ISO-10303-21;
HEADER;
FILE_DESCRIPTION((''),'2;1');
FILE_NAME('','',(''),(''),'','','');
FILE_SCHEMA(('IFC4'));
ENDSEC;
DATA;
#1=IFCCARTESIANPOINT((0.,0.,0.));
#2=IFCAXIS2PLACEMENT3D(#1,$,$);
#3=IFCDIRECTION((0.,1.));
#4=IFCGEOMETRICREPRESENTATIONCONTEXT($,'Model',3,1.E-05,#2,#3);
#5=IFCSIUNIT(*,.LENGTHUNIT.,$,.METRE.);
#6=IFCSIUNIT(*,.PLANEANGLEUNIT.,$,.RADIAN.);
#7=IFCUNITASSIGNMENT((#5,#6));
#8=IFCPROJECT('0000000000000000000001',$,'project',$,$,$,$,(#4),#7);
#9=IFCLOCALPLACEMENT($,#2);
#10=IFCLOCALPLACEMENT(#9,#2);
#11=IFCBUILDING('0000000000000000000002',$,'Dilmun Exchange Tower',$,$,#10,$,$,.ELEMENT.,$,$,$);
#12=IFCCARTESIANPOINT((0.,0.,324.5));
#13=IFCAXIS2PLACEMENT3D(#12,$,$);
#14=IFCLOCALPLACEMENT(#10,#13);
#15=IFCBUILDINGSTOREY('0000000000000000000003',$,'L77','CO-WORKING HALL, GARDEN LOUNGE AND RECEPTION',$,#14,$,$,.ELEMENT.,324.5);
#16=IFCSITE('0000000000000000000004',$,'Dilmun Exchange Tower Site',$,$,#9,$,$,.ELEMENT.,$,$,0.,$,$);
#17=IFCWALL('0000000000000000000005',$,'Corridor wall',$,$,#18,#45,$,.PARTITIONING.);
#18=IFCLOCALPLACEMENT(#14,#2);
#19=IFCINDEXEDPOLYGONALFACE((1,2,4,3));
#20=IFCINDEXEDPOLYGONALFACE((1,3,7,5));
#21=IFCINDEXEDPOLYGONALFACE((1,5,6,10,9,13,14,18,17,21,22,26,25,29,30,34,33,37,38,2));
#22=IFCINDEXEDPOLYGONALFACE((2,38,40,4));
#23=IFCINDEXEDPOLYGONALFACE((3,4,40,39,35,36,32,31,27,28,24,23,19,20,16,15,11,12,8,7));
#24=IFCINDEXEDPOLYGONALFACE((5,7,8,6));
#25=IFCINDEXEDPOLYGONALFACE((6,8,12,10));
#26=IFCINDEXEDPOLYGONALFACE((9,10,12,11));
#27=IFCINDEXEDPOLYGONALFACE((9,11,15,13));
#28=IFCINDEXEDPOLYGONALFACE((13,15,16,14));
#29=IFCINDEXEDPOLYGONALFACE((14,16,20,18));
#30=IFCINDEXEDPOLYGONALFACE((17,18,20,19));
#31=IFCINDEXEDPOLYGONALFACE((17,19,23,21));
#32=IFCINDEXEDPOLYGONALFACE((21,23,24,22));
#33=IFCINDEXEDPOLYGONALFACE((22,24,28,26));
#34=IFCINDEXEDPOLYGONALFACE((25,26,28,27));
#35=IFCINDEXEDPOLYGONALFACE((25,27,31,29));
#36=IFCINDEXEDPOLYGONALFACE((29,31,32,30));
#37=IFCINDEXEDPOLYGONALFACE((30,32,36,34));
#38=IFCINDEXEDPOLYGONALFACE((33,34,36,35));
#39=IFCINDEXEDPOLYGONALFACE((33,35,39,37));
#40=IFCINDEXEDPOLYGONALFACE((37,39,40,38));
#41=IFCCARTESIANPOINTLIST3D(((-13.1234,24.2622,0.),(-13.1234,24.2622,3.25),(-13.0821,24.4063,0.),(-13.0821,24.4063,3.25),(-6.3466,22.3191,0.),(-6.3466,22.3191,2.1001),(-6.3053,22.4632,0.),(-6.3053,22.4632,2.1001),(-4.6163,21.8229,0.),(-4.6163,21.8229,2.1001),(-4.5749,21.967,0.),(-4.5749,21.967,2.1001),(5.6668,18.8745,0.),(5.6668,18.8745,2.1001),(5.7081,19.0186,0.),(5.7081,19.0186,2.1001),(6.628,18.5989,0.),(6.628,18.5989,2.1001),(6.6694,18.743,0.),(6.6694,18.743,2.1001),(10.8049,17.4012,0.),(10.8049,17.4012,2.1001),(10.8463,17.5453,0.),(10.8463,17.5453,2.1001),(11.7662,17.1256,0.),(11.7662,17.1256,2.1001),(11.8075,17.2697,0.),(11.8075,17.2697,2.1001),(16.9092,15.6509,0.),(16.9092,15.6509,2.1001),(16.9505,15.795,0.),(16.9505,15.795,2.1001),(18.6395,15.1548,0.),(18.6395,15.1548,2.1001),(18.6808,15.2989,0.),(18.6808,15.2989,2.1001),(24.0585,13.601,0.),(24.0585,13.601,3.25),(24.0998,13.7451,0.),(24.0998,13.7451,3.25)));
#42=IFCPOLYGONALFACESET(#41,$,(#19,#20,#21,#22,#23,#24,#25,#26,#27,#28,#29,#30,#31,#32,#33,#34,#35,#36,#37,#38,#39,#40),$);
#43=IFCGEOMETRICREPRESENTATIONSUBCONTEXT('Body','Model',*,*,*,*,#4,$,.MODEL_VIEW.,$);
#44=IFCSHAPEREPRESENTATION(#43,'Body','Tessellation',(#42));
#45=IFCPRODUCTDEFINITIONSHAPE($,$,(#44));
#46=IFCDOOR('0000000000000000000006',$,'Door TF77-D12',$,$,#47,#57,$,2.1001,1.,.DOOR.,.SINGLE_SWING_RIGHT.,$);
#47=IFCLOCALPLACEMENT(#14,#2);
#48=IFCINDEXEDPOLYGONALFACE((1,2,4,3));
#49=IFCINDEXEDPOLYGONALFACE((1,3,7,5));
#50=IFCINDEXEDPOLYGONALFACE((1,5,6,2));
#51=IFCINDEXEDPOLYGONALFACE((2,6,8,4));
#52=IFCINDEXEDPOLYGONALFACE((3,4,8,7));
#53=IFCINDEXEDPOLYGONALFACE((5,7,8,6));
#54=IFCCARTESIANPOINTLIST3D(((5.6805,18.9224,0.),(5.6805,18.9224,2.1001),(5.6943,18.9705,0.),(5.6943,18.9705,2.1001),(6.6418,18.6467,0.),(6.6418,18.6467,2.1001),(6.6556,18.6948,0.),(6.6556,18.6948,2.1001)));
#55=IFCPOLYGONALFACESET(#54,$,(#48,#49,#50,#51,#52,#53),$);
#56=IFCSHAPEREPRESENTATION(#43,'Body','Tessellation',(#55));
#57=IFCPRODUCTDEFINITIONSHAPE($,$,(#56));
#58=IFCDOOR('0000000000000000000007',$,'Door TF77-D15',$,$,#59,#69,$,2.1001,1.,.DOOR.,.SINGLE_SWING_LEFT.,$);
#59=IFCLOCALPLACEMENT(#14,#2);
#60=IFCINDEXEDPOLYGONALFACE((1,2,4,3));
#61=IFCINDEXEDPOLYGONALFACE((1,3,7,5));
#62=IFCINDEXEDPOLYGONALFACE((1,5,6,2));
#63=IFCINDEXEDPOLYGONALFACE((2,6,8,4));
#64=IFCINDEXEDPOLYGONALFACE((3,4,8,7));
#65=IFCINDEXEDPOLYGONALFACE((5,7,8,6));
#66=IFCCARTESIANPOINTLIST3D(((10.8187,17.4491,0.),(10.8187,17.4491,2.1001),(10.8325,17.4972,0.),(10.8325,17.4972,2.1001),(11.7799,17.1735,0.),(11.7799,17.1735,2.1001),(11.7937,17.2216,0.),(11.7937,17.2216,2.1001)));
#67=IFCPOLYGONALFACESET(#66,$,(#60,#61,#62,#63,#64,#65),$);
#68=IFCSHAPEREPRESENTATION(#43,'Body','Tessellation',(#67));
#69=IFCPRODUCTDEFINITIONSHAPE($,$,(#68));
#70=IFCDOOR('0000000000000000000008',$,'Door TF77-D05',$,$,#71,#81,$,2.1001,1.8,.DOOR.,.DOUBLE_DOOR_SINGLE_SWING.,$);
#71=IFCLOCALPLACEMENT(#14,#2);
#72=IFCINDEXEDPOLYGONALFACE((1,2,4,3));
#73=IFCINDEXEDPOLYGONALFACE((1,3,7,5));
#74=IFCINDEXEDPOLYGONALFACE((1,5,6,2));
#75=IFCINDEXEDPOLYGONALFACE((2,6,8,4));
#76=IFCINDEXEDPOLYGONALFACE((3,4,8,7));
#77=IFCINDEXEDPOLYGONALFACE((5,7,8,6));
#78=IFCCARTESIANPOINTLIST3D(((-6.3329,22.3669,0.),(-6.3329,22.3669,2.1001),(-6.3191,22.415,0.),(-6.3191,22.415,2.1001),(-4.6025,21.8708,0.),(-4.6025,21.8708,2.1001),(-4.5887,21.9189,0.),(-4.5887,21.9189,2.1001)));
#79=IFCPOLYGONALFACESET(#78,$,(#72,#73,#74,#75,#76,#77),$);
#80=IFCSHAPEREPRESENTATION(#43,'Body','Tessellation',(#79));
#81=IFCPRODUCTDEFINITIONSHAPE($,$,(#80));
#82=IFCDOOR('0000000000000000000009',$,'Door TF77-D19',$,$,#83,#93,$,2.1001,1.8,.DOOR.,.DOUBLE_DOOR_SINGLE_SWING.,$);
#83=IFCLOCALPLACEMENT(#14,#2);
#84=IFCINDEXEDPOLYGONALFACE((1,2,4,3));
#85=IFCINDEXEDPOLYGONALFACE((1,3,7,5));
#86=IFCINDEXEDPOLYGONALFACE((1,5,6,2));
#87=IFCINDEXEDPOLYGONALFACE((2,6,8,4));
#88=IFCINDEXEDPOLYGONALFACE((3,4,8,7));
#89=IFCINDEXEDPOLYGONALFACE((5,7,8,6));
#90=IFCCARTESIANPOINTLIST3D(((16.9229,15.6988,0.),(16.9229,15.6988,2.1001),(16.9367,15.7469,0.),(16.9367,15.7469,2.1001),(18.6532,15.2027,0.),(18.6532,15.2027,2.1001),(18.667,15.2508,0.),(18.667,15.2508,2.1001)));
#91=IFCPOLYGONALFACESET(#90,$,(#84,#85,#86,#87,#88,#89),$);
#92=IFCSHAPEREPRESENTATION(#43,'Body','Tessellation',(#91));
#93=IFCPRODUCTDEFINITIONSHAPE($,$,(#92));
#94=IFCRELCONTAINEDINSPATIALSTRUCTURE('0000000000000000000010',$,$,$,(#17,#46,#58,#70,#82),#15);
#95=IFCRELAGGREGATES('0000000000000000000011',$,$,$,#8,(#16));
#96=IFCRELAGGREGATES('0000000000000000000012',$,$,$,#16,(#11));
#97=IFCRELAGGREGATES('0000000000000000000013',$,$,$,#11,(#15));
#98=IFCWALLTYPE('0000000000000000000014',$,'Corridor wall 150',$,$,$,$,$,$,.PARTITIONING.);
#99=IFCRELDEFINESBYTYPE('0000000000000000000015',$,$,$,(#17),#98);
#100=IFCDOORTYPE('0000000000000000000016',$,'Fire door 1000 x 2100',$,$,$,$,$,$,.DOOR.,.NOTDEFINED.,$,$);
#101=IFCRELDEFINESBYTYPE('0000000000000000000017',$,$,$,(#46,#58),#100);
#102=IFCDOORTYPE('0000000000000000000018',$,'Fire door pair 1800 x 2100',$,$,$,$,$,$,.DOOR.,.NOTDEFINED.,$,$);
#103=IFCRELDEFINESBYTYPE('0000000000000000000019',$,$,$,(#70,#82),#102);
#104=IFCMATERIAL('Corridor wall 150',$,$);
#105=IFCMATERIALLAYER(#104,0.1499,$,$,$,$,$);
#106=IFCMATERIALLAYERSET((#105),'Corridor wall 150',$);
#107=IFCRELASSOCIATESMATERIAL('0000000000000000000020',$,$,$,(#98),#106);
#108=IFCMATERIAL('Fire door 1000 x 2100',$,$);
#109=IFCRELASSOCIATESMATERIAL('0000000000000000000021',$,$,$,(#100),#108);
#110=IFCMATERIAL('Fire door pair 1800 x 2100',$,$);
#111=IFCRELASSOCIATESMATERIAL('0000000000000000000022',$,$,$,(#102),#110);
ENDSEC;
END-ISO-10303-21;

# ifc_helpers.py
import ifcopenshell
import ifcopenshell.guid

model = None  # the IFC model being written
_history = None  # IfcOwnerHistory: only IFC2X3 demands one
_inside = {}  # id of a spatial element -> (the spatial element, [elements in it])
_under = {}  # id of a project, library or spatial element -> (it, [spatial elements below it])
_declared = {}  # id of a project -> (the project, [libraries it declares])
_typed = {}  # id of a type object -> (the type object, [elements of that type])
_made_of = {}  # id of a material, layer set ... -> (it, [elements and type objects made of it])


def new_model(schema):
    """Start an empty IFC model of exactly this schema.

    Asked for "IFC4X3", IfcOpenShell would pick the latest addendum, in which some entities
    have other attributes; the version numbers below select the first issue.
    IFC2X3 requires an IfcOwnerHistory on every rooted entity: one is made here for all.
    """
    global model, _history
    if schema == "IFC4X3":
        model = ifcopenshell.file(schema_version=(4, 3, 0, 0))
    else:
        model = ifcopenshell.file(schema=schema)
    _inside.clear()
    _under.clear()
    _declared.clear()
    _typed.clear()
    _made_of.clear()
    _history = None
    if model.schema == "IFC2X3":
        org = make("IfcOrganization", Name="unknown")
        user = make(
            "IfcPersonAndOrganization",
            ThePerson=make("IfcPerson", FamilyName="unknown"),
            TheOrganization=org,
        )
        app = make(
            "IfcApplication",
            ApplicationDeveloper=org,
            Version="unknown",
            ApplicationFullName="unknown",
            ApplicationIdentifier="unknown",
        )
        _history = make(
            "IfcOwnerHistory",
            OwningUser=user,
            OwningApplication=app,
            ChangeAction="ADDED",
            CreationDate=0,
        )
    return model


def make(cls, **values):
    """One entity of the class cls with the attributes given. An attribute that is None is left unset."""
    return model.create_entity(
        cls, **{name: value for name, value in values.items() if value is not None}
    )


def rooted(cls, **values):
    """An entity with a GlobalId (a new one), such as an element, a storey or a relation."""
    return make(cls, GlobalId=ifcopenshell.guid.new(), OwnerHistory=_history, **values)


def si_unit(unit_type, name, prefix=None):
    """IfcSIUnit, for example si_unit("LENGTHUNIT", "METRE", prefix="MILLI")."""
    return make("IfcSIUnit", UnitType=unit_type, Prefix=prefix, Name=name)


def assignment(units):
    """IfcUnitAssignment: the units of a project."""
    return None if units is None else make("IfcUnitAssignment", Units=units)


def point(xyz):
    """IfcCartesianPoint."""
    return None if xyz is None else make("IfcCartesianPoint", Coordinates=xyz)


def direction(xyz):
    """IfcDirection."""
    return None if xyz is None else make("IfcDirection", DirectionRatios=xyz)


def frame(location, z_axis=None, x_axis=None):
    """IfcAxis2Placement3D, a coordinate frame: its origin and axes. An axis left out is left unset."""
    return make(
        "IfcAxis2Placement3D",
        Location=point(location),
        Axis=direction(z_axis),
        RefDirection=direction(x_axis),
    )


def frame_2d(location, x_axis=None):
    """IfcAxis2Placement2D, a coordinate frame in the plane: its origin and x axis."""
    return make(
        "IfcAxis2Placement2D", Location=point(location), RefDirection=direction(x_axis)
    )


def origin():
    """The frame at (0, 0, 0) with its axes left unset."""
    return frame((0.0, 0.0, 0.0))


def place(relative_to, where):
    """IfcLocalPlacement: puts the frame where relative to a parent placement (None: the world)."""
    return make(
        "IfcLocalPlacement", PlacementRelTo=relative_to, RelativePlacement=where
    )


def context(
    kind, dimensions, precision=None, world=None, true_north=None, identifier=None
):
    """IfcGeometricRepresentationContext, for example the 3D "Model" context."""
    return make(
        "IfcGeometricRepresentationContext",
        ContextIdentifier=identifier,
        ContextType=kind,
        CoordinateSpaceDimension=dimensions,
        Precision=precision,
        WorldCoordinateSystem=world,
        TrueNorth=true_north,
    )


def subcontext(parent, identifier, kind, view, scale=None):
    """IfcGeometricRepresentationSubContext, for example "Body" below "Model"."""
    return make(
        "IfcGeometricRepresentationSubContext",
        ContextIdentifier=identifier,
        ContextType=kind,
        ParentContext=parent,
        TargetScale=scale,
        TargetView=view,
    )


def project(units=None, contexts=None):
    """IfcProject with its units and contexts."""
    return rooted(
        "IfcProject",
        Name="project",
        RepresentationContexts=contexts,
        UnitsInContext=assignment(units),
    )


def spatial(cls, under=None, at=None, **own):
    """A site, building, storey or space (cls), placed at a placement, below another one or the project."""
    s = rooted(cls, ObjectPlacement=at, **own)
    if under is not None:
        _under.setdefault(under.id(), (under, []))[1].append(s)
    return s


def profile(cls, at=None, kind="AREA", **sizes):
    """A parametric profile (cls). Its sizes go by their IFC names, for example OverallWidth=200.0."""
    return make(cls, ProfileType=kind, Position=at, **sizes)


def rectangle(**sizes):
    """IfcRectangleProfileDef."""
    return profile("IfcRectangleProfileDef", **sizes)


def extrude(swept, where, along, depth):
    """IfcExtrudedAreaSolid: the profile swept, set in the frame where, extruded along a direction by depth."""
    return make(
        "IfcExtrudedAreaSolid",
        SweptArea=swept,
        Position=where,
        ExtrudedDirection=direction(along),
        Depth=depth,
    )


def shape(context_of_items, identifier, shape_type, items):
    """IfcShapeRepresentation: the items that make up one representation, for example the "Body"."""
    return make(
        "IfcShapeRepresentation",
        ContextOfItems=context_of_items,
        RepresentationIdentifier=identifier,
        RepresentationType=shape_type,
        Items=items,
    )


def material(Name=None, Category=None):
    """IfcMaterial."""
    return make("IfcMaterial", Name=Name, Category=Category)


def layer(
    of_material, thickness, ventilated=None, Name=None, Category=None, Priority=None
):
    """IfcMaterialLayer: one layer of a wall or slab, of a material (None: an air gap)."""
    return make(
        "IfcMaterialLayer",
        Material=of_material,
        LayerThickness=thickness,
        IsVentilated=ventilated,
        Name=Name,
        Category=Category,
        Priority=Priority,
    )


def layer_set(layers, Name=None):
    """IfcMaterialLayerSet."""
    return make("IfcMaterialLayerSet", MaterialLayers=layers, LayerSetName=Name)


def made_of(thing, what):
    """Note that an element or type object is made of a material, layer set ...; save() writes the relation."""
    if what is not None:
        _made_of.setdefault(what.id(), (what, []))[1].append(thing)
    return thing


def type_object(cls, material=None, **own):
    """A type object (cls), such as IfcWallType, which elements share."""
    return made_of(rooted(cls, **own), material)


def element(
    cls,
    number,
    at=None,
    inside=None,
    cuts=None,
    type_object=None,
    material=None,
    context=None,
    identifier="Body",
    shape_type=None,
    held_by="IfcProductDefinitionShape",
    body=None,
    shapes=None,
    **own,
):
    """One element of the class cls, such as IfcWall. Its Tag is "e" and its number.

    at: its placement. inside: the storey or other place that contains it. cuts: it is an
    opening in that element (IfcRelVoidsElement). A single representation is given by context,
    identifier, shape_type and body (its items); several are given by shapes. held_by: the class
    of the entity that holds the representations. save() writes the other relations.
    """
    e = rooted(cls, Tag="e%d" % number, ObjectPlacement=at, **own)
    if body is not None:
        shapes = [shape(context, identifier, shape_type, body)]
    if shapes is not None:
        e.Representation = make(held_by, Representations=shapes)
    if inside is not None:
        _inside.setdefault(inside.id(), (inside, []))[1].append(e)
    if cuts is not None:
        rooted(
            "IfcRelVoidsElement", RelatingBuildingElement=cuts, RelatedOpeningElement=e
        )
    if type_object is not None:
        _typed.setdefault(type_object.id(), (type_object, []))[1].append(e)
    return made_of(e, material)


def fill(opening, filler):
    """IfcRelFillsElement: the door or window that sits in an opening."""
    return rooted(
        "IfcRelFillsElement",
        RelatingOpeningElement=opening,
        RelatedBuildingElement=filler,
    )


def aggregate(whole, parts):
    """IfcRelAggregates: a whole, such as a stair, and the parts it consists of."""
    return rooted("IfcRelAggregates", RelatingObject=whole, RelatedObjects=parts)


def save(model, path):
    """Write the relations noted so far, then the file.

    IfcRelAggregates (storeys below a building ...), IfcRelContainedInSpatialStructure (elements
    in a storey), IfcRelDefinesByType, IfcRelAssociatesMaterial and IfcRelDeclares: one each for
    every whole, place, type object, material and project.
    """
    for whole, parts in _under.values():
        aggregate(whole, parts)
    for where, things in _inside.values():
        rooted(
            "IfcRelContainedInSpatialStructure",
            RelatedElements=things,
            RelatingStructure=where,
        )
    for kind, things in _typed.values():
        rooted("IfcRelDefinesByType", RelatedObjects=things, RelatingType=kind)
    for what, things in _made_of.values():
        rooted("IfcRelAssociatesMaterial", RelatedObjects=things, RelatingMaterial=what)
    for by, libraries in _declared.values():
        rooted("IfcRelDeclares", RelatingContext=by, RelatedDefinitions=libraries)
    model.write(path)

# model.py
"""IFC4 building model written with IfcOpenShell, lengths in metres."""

from ifc_helpers import new_model, si_unit, direction, frame, frame_2d, origin, place, context, subcontext, project, spatial, rectangle, extrude, material, layer, layer_set, type_object, element, fill, save


model = new_model("IFC4")

# Units and contexts
model_context = context("Model", 3, precision=1e-05, world=origin(), true_north=direction((0.0, 1.0)))
body_context = subcontext(model_context, "Body", "Model", "MODEL_VIEW")
ifc_project = project(units=[si_unit("LENGTHUNIT", "METRE"), si_unit("PLANEANGLEUNIT", "RADIAN")], contexts=[model_context])

# Site, building, storey
site_placement = place(None, origin())
site = spatial("IfcSite", under=ifc_project, at=site_placement, Name="Dilmun Exchange Tower Site", CompositionType="ELEMENT", RefElevation=0.0)
building_placement = place(site_placement, origin())
building = spatial("IfcBuilding", under=site, at=building_placement, Name="Dilmun Exchange Tower", CompositionType="ELEMENT")
storey_placement = place(building_placement, frame((0.0, 0.0, 324.5)))
storey = spatial("IfcBuildingStorey", under=building, at=storey_placement, Name="L77", Description="CO-WORKING HALL, GARDEN LOUNGE AND RECEPTION", CompositionType="ELEMENT", Elevation=324.5)

# Shared definitions
ifc_material_1 = material(Name="Corridor wall 150")
ifc_layer = layer(ifc_material_1, 0.1499)
ifc_layer_set = layer_set([ifc_layer], Name="Corridor wall 150")
wall_type = type_object("IfcWallType", Name="Corridor wall 150", PredefinedType="PARTITIONING", material=ifc_layer_set)

# Wall, openings, doors
wall_1_placement = place(storey_placement, frame((-13.1028, 24.3342, 0.0), z_axis=(0.0, 0.0, 1.0), x_axis=(0.961266, -0.275623, 0.0)))
wall_1 = element("IfcWall", 1, at=wall_1_placement, inside=storey, type_object=wall_type, Name="Corridor wall", PredefinedType="PARTITIONING", context=body_context, shape_type="SweptSolid", body=[
    extrude(rectangle(XDim=38.6802, YDim=0.1499, at=frame_2d((19.3401, 0.0))), origin(), (0.0, 0.0, 1.0), 3.25),
])
opening_1_placement = place(wall_1_placement, frame((7.05, 0.0, 0.0)))
opening_1 = element("IfcOpeningElement", 2, at=opening_1_placement, cuts=wall_1, PredefinedType="OPENING", context=body_context, shape_type="SweptSolid", body=[
    extrude(rectangle(XDim=1.8, YDim=2.1001, at=frame_2d((0.8999, 1.05))), frame((0.0, 0.085, 0.0), z_axis=(0.0, -1.0, 0.0), x_axis=(1.0, 0.0, 0.0)), (0.0, 0.0, 1.0), 0.1699),
])
opening_2_placement = place(wall_1_placement, frame((19.5474, 0.0, 0.0)))
opening_2 = element("IfcOpeningElement", 3, at=opening_2_placement, cuts=wall_1, PredefinedType="OPENING", context=body_context, shape_type="SweptSolid", body=[
    extrude(rectangle(XDim=1.0, YDim=2.1001, at=frame_2d((0.5, 1.05))), frame((0.0, 0.085, 0.0), z_axis=(0.0, -1.0, 0.0), x_axis=(1.0, 0.0, 0.0)), (0.0, 0.0, 1.0), 0.1699),
])
opening_3_placement = place(wall_1_placement, frame((24.8926, 0.0, 0.0)))
opening_3 = element("IfcOpeningElement", 4, at=opening_3_placement, cuts=wall_1, PredefinedType="OPENING", context=body_context, shape_type="SweptSolid", body=[
    extrude(rectangle(XDim=1.0, YDim=2.1001, at=frame_2d((0.5, 1.05))), frame((0.0, 0.085, 0.0), z_axis=(0.0, -1.0, 0.0), x_axis=(1.0, 0.0, 0.0)), (0.0, 0.0, 1.0), 0.1699),
])
opening_4_placement = place(wall_1_placement, frame((31.2429, 0.0, 0.0)))
opening_4 = element("IfcOpeningElement", 5, at=opening_4_placement, cuts=wall_1, PredefinedType="OPENING", context=body_context, shape_type="SweptSolid", body=[
    extrude(rectangle(XDim=1.8, YDim=2.1001, at=frame_2d((0.8999, 1.05))), frame((0.0, 0.085, 0.0), z_axis=(0.0, -1.0, 0.0), x_axis=(1.0, 0.0, 0.0)), (0.0, 0.0, 1.0), 0.1699),
])
ifc_material_2 = material(Name="Fire door 1000 x 2100")
door_type_1 = type_object("IfcDoorType", Name="Fire door 1000 x 2100", OperationType="NOTDEFINED", PredefinedType="DOOR", material=ifc_material_2)
door_1_placement = place(opening_2_placement, origin())
door_1 = element("IfcDoor", 6, at=door_1_placement, inside=storey, type_object=door_type_1, Name="Door TF77-D12", OperationType="SINGLE_SWING_RIGHT", OverallHeight=2.1001, OverallWidth=1.0, PredefinedType="DOOR", context=body_context, shape_type="SweptSolid", body=[
    extrude(rectangle(XDim=1.0, YDim=2.1001, at=frame_2d((0.5, 1.05))), frame((0.0, 0.0249, 0.0), z_axis=(0.0, -1.0, 0.0), x_axis=(1.0, 0.0, 0.0)), (0.0, 0.0, 1.0), 0.05),
])
fill(opening_2, door_1)
door_2_placement = place(opening_3_placement, origin())
door_2 = element("IfcDoor", 7, at=door_2_placement, inside=storey, type_object=door_type_1, Name="Door TF77-D15", OperationType="SINGLE_SWING_LEFT", OverallHeight=2.1001, OverallWidth=1.0, PredefinedType="DOOR", context=body_context, shape_type="SweptSolid", body=[
    extrude(rectangle(XDim=1.0, YDim=2.1001, at=frame_2d((0.5, 1.05))), frame((0.0, 0.0249, 0.0), z_axis=(0.0, -1.0, 0.0), x_axis=(1.0, 0.0, 0.0)), (0.0, 0.0, 1.0), 0.05),
])
fill(opening_3, door_2)
ifc_material_3 = material(Name="Fire door pair 1800 x 2100")
door_type_2 = type_object("IfcDoorType", Name="Fire door pair 1800 x 2100", OperationType="NOTDEFINED", PredefinedType="DOOR", material=ifc_material_3)
door_3_placement = place(opening_1_placement, origin())
door_3 = element("IfcDoor", 8, at=door_3_placement, inside=storey, type_object=door_type_2, Name="Door TF77-D05", OperationType="DOUBLE_DOOR_SINGLE_SWING", OverallHeight=2.1001, OverallWidth=1.8, PredefinedType="DOOR", context=body_context, shape_type="SweptSolid", body=[
    extrude(rectangle(XDim=1.8, YDim=2.1001, at=frame_2d((0.8999, 1.05))), frame((0.0, 0.0249, 0.0), z_axis=(0.0, -1.0, 0.0), x_axis=(1.0, 0.0, 0.0)), (0.0, 0.0, 1.0), 0.05),
])
fill(opening_1, door_3)
door_4_placement = place(opening_4_placement, origin())
door_4 = element("IfcDoor", 9, at=door_4_placement, inside=storey, type_object=door_type_2, Name="Door TF77-D19", OperationType="DOUBLE_DOOR_SINGLE_SWING", OverallHeight=2.1001, OverallWidth=1.8, PredefinedType="DOOR", context=body_context, shape_type="SweptSolid", body=[
    extrude(rectangle(XDim=1.8, YDim=2.1001, at=frame_2d((0.8999, 1.05))), frame((0.0, 0.0249, 0.0), z_axis=(0.0, -1.0, 0.0), x_axis=(1.0, 0.0, 0.0)), (0.0, 0.0, 1.0), 0.05),
])
fill(opening_4, door_4)

save(model, "model.ifc")
